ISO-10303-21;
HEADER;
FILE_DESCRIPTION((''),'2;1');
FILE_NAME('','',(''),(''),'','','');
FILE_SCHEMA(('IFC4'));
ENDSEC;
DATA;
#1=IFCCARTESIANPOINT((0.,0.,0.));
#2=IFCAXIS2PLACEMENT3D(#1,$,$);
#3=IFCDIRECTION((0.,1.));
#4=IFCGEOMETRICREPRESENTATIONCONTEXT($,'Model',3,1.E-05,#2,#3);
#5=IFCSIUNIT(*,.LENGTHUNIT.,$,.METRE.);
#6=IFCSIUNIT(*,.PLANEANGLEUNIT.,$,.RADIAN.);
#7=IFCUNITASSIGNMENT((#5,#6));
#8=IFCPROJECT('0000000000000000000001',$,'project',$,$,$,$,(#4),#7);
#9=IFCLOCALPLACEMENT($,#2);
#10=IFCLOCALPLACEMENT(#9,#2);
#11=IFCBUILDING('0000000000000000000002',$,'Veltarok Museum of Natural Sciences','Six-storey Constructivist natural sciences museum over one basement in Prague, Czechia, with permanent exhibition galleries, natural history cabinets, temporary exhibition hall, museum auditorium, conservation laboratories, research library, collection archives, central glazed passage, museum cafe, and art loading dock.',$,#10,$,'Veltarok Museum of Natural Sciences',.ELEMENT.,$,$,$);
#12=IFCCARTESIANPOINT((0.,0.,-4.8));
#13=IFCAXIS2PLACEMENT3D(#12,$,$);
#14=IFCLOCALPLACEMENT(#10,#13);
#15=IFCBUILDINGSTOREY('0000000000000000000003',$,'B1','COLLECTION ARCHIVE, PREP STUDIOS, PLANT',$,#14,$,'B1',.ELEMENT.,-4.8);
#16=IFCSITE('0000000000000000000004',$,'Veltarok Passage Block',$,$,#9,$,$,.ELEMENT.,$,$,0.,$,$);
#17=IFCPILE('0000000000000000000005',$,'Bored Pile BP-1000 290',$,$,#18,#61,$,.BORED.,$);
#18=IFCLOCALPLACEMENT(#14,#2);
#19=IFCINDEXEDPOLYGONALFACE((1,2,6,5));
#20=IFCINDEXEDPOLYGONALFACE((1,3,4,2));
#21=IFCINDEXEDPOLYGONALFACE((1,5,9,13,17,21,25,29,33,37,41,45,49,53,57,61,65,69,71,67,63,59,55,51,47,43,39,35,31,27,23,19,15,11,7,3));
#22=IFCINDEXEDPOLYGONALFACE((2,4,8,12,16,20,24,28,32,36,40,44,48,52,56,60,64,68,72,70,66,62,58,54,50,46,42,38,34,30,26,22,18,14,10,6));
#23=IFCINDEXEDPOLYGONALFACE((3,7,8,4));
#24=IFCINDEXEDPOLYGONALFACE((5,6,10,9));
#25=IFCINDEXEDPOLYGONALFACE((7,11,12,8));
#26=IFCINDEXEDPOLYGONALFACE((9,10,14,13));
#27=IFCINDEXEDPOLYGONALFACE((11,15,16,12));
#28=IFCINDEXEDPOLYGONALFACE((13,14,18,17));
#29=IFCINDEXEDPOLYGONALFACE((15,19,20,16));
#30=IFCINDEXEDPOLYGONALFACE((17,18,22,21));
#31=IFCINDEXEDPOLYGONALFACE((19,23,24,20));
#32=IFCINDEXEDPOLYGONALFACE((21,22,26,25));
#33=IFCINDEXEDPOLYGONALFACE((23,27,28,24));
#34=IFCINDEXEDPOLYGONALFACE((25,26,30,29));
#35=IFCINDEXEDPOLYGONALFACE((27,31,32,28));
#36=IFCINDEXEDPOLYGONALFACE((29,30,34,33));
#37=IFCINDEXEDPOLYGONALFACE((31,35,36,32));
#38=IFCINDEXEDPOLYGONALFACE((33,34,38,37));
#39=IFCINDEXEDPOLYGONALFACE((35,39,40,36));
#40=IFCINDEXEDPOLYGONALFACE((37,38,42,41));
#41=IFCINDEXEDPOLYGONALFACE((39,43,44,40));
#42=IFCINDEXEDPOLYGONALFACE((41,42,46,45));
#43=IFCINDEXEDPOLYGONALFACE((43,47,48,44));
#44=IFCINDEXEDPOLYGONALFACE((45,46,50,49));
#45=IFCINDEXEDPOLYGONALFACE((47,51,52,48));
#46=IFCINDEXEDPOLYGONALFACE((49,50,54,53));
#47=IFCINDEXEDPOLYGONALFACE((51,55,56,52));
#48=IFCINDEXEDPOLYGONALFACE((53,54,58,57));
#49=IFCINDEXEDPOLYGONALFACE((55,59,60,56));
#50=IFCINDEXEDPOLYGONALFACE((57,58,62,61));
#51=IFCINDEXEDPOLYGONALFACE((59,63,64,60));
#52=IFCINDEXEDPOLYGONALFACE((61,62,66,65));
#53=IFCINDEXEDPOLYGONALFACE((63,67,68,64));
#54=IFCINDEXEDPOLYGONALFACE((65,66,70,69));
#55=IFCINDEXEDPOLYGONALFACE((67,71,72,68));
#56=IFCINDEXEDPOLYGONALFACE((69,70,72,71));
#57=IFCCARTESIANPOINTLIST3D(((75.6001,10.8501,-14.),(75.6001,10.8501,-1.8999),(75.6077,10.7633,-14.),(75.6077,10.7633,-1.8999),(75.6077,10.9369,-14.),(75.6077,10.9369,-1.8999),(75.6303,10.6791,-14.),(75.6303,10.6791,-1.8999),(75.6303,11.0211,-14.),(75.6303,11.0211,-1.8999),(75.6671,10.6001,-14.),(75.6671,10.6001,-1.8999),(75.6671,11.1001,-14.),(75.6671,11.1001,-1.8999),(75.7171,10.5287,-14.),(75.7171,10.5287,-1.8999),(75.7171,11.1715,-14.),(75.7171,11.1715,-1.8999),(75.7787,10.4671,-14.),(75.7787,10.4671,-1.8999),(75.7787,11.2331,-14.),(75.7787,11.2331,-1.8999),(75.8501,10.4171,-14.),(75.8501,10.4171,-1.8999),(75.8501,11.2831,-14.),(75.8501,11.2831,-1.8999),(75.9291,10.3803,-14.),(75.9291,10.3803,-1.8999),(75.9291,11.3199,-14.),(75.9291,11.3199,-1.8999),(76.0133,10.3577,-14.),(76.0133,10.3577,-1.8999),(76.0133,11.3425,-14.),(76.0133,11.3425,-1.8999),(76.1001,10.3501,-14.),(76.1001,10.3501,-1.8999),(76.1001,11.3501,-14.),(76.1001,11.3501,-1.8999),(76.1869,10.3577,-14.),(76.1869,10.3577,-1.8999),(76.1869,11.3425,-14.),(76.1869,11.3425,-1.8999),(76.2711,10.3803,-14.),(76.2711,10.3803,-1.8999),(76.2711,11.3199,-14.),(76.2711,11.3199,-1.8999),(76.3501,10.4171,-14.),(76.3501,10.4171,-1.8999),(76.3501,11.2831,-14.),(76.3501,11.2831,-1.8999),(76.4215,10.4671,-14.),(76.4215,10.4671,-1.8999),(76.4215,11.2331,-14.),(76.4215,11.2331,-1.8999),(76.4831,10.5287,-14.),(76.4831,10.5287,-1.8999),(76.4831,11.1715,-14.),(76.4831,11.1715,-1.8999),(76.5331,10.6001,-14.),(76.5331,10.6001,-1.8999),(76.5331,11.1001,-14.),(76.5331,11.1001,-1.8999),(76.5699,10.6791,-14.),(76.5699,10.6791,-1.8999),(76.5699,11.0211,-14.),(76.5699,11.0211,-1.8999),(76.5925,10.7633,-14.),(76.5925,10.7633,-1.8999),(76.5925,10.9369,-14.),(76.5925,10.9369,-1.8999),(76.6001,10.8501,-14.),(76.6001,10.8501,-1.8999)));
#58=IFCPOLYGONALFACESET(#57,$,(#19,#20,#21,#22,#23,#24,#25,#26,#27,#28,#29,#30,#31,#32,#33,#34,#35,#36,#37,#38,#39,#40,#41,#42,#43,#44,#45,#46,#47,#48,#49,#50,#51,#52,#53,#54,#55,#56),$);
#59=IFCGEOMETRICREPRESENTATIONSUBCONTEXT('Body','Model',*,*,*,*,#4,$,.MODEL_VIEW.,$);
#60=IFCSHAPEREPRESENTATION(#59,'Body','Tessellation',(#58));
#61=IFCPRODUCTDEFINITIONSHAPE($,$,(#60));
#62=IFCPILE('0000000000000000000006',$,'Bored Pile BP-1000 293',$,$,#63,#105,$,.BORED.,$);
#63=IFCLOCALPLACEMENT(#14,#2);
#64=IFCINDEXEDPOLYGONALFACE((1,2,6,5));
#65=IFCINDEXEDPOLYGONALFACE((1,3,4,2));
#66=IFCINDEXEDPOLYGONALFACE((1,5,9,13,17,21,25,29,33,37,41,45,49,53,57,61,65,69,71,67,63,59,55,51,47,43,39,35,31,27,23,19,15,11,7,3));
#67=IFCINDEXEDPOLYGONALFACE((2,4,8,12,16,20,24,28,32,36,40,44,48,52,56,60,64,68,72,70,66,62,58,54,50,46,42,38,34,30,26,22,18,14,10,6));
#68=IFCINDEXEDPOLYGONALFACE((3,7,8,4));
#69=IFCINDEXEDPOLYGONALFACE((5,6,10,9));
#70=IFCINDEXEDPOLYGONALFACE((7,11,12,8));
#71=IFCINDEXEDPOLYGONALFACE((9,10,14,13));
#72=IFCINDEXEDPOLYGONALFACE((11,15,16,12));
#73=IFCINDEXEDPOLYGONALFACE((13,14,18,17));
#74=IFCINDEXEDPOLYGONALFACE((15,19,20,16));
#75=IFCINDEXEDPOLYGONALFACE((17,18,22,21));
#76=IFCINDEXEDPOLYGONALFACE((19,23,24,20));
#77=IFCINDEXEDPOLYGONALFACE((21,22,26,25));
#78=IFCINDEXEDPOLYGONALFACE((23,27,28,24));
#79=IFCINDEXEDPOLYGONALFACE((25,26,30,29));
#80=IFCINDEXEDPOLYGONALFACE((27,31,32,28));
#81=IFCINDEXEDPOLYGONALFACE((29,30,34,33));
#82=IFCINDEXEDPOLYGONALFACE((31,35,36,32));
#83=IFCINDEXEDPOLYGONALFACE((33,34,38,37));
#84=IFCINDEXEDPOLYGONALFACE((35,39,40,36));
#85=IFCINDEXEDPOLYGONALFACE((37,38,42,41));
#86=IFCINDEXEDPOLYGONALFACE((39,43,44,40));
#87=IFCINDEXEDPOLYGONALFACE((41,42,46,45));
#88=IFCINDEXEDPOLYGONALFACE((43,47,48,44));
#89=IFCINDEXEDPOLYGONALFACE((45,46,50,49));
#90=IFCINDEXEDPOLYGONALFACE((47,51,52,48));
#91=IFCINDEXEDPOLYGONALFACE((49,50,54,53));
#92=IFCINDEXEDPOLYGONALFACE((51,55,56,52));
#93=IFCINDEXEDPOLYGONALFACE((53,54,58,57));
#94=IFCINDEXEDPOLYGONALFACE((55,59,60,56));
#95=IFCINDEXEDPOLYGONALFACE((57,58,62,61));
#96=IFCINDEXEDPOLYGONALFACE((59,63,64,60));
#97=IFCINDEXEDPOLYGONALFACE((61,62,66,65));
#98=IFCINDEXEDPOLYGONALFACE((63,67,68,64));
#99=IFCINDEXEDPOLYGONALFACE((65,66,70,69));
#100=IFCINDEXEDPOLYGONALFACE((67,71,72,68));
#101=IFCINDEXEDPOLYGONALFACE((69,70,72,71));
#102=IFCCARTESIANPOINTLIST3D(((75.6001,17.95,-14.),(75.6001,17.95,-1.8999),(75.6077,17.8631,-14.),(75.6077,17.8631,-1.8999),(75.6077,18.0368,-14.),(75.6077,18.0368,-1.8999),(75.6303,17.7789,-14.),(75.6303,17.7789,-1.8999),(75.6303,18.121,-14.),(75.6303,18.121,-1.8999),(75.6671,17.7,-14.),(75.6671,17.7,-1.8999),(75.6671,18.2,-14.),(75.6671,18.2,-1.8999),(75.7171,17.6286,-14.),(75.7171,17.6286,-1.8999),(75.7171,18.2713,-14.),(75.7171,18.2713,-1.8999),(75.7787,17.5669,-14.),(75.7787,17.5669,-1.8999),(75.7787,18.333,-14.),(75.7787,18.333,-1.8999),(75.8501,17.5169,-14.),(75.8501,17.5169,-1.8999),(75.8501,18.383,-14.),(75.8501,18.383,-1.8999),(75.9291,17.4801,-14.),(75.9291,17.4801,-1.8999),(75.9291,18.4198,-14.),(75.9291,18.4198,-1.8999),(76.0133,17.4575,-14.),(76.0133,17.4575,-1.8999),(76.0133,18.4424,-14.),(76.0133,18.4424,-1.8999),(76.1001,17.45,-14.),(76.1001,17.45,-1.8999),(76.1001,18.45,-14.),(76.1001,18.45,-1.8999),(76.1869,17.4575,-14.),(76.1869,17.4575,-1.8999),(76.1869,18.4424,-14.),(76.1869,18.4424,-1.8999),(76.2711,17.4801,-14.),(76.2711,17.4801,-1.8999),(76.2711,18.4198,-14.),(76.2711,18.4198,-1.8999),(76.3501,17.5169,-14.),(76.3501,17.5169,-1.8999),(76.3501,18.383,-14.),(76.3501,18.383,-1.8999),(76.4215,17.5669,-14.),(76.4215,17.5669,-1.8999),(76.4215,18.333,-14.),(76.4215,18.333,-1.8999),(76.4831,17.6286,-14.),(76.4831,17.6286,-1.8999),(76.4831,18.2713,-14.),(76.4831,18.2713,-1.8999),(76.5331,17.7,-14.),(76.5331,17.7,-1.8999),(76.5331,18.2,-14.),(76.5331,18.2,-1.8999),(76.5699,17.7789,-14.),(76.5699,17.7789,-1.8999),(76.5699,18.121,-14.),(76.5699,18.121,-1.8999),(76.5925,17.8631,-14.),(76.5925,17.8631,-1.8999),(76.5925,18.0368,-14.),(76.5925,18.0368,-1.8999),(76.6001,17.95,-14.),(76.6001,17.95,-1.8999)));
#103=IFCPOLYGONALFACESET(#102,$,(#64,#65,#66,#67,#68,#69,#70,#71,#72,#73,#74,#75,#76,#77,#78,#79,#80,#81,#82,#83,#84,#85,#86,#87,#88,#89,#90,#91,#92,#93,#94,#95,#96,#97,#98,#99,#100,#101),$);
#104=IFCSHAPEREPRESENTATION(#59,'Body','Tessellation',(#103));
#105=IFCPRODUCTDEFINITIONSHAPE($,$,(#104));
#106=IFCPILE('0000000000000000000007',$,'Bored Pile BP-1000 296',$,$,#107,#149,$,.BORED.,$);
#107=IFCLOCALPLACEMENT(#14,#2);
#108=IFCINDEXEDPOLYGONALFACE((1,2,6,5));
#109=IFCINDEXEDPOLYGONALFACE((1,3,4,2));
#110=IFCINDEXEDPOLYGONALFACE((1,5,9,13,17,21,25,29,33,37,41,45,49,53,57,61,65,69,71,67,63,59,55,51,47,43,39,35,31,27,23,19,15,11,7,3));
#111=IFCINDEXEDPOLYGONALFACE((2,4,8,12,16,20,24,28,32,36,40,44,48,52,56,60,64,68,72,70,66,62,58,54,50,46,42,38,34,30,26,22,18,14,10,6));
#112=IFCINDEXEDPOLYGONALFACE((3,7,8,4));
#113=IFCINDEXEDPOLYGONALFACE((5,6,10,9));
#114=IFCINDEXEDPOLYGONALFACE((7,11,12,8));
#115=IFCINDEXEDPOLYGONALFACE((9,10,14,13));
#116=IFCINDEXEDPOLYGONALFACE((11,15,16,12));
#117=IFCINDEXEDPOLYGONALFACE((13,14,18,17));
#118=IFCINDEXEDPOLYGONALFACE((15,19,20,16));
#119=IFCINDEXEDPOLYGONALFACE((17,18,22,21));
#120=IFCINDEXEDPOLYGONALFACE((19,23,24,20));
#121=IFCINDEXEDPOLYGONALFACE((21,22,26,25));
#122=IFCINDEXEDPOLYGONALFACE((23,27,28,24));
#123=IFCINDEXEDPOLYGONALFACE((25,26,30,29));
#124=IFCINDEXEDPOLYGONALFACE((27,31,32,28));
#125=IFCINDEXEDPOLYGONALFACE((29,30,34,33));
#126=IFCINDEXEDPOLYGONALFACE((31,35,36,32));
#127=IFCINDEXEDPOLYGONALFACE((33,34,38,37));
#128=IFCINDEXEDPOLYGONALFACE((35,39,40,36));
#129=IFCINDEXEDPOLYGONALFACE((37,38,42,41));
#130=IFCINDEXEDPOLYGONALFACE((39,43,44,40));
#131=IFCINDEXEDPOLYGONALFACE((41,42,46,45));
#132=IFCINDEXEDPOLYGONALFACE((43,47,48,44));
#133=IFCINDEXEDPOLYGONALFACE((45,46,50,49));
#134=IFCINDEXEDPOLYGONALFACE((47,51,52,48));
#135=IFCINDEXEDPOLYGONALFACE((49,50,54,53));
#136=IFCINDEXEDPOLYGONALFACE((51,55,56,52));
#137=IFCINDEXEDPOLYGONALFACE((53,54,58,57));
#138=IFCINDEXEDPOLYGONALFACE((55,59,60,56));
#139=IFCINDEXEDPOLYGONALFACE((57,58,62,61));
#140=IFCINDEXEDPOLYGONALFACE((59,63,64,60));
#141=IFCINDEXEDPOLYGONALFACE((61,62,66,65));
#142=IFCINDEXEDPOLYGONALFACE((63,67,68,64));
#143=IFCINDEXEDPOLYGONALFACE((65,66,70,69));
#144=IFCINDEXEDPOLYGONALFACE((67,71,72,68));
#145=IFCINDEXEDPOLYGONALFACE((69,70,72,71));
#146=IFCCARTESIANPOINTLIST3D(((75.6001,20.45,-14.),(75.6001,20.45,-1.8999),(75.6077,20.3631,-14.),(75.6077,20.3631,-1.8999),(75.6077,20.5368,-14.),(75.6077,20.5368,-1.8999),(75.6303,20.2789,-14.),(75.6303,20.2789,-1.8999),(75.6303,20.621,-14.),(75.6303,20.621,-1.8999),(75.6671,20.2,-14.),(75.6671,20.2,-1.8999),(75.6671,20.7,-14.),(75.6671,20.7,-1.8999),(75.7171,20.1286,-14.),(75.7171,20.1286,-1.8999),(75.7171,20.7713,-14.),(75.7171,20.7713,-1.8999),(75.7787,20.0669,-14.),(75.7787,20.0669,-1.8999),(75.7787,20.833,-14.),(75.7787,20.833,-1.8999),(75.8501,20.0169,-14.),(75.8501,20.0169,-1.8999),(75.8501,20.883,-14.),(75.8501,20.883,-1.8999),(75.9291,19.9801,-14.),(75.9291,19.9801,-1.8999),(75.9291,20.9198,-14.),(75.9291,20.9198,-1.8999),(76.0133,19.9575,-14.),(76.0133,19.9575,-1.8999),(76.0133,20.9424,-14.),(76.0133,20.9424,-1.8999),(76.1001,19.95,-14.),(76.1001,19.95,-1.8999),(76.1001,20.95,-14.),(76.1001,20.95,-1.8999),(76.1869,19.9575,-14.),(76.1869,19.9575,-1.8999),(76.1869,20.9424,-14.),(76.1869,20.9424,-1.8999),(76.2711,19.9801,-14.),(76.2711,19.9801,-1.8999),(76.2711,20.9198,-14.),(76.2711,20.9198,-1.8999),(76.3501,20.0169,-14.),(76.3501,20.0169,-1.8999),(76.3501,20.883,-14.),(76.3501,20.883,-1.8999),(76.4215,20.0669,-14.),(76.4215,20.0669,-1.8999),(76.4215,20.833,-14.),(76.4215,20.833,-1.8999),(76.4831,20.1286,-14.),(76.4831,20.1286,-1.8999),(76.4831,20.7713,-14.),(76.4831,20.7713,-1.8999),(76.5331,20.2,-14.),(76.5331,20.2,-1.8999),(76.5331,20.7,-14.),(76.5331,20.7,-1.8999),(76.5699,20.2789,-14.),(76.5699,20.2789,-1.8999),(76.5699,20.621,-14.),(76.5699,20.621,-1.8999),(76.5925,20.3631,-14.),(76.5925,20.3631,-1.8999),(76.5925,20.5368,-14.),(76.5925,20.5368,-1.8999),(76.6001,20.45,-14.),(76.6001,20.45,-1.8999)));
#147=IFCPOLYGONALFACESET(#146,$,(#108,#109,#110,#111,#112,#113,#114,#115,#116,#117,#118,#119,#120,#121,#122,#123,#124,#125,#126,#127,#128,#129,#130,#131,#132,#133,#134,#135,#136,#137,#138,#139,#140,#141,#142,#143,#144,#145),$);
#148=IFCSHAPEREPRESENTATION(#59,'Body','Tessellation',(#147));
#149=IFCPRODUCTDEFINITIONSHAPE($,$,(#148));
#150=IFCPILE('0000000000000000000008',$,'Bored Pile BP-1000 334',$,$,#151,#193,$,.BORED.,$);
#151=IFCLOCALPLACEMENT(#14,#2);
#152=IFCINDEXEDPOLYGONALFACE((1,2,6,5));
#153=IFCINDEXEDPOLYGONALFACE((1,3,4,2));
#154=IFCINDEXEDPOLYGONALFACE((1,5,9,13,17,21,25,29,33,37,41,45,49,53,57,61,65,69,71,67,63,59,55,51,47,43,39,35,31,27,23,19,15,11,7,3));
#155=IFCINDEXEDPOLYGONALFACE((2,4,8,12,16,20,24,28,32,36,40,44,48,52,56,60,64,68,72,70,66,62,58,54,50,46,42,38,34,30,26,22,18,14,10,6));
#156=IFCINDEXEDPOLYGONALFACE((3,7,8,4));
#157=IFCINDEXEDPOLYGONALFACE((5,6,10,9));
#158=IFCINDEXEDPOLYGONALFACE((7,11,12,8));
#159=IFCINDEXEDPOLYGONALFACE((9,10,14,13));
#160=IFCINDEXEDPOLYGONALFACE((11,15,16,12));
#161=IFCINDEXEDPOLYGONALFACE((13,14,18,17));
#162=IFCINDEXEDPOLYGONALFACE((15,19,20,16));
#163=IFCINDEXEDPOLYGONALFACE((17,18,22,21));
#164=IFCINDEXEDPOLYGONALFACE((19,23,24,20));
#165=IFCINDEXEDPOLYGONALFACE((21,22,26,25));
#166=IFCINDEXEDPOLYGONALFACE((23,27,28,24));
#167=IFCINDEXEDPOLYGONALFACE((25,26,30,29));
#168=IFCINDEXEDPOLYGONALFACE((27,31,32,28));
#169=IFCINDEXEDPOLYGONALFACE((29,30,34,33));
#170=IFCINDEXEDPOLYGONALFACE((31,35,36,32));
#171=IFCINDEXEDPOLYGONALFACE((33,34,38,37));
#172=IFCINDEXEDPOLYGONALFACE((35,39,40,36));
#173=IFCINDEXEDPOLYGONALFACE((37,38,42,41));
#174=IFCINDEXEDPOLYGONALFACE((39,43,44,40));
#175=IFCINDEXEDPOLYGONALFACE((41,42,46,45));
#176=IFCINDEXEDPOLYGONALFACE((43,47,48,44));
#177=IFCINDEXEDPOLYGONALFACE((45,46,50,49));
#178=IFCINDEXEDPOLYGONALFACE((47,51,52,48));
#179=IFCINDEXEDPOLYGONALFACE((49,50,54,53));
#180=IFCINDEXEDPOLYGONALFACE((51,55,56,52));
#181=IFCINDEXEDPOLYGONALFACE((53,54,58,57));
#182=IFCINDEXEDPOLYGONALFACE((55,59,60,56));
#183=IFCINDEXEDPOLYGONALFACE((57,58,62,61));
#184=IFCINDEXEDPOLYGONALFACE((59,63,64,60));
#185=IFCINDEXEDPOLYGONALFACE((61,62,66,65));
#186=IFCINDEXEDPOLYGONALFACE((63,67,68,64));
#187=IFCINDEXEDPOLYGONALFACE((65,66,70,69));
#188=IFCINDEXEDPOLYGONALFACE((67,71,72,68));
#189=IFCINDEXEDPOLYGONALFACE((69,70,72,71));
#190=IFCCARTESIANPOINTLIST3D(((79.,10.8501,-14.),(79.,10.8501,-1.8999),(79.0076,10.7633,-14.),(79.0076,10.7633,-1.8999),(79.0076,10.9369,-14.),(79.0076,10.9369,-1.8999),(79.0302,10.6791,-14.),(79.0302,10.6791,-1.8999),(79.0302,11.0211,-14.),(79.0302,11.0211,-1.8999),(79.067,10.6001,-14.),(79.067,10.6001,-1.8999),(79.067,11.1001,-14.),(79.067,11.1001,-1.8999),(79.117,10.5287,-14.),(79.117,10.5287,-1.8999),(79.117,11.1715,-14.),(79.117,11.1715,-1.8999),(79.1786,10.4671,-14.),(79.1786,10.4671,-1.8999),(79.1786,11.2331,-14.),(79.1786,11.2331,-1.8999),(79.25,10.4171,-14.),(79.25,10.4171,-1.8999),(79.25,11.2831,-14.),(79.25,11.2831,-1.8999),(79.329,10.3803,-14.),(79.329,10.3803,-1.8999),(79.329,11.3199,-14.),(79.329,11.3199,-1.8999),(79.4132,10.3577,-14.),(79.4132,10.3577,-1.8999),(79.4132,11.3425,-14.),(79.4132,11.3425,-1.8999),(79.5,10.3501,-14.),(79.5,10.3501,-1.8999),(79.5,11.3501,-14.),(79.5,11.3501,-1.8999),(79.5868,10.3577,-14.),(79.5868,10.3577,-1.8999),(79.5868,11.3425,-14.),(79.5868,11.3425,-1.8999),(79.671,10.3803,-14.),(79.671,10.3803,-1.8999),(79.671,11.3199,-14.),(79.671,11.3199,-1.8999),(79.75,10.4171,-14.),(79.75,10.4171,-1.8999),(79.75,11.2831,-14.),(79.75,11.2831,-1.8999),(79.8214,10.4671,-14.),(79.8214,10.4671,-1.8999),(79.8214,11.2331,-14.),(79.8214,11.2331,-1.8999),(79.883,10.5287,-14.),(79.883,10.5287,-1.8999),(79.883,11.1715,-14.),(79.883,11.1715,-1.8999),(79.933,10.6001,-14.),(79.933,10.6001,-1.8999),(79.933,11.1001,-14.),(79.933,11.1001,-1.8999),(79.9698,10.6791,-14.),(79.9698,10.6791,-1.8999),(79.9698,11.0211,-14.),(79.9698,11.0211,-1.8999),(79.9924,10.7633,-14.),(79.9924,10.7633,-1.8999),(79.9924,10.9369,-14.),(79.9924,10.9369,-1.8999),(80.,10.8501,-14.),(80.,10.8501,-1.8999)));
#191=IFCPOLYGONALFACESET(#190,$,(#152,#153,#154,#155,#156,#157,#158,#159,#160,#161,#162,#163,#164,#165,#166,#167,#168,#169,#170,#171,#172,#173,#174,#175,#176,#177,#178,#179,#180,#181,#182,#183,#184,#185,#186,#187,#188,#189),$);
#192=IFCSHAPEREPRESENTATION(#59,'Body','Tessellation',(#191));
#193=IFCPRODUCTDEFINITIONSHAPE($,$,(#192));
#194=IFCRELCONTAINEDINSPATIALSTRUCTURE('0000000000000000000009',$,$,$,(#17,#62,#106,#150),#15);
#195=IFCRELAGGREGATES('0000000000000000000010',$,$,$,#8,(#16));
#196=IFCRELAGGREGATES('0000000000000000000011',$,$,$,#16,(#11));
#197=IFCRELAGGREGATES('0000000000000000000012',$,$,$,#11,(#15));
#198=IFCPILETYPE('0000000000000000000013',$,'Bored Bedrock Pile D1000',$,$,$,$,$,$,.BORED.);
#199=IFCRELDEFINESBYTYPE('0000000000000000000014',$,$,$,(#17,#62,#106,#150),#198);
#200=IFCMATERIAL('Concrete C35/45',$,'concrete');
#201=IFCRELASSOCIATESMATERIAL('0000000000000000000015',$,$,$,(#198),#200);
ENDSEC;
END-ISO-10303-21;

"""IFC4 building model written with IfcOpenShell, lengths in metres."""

from ifc_helpers import new_model, si_unit, direction, frame, origin, origin_2d, place, context, subcontext, project, spatial, circle, extrude, material, material_profile, profile_set, type_object, element, save


model = new_model("IFC4")

# Units and contexts
model_context = context("Model", 3, precision=1e-05, world=origin(), true_north=direction((0.0, 1.0)))
body_context = subcontext(model_context, "Body", "Model", "MODEL_VIEW")
ifc_project = project(units=[si_unit("LENGTHUNIT", "METRE"), si_unit("PLANEANGLEUNIT", "RADIAN")], contexts=[model_context])

# Site, building, storey
site_placement = place(None, origin())
site = spatial("IfcSite", under=ifc_project, at=site_placement, Name="Veltarok Passage Block", CompositionType="ELEMENT", RefElevation=0.0)
building_placement = place(site_placement, origin())
building = spatial("IfcBuilding", under=site, at=building_placement, Name="Veltarok Museum of Natural Sciences", Description="Six-storey Constructivist natural sciences museum over one basement in Prague, Czechia, with permanent exhibition galleries, natural history cabinets, temporary exhibition hall, museum auditorium, conservation laboratories, research library, collection archives, central glazed passage, museum cafe, and art loading dock.", LongName="Veltarok Museum of Natural Sciences", CompositionType="ELEMENT")
storey_placement = place(building_placement, frame((0.0, 0.0, -4.8)))
storey = spatial("IfcBuildingStorey", under=building, at=storey_placement, Name="B1", Description="COLLECTION ARCHIVE, PREP STUDIOS, PLANT", LongName="B1", CompositionType="ELEMENT", Elevation=-4.8)

# Piles
ifc_material_1 = material(Name="Concrete C35/45", Category="concrete")
ifc_material_profile_1 = material_profile(ifc_material_1, circle(Radius=0.5, at=origin_2d()), Name="BP D1000")
ifc_profile_set_1 = profile_set([ifc_material_profile_1], Name="Concrete C35/45")
pile_type_1 = type_object("IfcPileType", Name="Bored Bedrock Pile D1000", PredefinedType="BORED", material=ifc_profile_set_1)
for number, where, z_axis, x_axis, name in (
    (1, (76.1001, 10.8501, -1.8999), (0.0, 0.0, -1.0), (1.0, 0.0, 0.0), "Bored Pile BP-1000 290"),
    (2, (76.1001, 17.95, -1.8999), (0.0, 0.0, -1.0), (1.0, 0.0, 0.0), "Bored Pile BP-1000 293"),
    (3, (76.1001, 20.45, -1.8999), (0.0, 0.0, -1.0), (1.0, 0.0, 0.0), "Bored Pile BP-1000 296"),
    (4, (79.5, 10.8501, -1.8999), (0.0, 0.0, -1.0), (1.0, 0.0, 0.0), "Bored Pile BP-1000 334"),
):
    element("IfcPile", number, at=place(storey_placement, frame(where, z_axis=z_axis, x_axis=x_axis)), inside=storey, type_object=pile_type_1, Name=name, PredefinedType="BORED", context=body_context, shape_type="SweptSolid", body=[
        extrude(circle(Radius=0.5, at=origin_2d()), origin(), (0.0, 0.0, 1.0), 12.1001),
    ])

save(model, "model.ifc")
